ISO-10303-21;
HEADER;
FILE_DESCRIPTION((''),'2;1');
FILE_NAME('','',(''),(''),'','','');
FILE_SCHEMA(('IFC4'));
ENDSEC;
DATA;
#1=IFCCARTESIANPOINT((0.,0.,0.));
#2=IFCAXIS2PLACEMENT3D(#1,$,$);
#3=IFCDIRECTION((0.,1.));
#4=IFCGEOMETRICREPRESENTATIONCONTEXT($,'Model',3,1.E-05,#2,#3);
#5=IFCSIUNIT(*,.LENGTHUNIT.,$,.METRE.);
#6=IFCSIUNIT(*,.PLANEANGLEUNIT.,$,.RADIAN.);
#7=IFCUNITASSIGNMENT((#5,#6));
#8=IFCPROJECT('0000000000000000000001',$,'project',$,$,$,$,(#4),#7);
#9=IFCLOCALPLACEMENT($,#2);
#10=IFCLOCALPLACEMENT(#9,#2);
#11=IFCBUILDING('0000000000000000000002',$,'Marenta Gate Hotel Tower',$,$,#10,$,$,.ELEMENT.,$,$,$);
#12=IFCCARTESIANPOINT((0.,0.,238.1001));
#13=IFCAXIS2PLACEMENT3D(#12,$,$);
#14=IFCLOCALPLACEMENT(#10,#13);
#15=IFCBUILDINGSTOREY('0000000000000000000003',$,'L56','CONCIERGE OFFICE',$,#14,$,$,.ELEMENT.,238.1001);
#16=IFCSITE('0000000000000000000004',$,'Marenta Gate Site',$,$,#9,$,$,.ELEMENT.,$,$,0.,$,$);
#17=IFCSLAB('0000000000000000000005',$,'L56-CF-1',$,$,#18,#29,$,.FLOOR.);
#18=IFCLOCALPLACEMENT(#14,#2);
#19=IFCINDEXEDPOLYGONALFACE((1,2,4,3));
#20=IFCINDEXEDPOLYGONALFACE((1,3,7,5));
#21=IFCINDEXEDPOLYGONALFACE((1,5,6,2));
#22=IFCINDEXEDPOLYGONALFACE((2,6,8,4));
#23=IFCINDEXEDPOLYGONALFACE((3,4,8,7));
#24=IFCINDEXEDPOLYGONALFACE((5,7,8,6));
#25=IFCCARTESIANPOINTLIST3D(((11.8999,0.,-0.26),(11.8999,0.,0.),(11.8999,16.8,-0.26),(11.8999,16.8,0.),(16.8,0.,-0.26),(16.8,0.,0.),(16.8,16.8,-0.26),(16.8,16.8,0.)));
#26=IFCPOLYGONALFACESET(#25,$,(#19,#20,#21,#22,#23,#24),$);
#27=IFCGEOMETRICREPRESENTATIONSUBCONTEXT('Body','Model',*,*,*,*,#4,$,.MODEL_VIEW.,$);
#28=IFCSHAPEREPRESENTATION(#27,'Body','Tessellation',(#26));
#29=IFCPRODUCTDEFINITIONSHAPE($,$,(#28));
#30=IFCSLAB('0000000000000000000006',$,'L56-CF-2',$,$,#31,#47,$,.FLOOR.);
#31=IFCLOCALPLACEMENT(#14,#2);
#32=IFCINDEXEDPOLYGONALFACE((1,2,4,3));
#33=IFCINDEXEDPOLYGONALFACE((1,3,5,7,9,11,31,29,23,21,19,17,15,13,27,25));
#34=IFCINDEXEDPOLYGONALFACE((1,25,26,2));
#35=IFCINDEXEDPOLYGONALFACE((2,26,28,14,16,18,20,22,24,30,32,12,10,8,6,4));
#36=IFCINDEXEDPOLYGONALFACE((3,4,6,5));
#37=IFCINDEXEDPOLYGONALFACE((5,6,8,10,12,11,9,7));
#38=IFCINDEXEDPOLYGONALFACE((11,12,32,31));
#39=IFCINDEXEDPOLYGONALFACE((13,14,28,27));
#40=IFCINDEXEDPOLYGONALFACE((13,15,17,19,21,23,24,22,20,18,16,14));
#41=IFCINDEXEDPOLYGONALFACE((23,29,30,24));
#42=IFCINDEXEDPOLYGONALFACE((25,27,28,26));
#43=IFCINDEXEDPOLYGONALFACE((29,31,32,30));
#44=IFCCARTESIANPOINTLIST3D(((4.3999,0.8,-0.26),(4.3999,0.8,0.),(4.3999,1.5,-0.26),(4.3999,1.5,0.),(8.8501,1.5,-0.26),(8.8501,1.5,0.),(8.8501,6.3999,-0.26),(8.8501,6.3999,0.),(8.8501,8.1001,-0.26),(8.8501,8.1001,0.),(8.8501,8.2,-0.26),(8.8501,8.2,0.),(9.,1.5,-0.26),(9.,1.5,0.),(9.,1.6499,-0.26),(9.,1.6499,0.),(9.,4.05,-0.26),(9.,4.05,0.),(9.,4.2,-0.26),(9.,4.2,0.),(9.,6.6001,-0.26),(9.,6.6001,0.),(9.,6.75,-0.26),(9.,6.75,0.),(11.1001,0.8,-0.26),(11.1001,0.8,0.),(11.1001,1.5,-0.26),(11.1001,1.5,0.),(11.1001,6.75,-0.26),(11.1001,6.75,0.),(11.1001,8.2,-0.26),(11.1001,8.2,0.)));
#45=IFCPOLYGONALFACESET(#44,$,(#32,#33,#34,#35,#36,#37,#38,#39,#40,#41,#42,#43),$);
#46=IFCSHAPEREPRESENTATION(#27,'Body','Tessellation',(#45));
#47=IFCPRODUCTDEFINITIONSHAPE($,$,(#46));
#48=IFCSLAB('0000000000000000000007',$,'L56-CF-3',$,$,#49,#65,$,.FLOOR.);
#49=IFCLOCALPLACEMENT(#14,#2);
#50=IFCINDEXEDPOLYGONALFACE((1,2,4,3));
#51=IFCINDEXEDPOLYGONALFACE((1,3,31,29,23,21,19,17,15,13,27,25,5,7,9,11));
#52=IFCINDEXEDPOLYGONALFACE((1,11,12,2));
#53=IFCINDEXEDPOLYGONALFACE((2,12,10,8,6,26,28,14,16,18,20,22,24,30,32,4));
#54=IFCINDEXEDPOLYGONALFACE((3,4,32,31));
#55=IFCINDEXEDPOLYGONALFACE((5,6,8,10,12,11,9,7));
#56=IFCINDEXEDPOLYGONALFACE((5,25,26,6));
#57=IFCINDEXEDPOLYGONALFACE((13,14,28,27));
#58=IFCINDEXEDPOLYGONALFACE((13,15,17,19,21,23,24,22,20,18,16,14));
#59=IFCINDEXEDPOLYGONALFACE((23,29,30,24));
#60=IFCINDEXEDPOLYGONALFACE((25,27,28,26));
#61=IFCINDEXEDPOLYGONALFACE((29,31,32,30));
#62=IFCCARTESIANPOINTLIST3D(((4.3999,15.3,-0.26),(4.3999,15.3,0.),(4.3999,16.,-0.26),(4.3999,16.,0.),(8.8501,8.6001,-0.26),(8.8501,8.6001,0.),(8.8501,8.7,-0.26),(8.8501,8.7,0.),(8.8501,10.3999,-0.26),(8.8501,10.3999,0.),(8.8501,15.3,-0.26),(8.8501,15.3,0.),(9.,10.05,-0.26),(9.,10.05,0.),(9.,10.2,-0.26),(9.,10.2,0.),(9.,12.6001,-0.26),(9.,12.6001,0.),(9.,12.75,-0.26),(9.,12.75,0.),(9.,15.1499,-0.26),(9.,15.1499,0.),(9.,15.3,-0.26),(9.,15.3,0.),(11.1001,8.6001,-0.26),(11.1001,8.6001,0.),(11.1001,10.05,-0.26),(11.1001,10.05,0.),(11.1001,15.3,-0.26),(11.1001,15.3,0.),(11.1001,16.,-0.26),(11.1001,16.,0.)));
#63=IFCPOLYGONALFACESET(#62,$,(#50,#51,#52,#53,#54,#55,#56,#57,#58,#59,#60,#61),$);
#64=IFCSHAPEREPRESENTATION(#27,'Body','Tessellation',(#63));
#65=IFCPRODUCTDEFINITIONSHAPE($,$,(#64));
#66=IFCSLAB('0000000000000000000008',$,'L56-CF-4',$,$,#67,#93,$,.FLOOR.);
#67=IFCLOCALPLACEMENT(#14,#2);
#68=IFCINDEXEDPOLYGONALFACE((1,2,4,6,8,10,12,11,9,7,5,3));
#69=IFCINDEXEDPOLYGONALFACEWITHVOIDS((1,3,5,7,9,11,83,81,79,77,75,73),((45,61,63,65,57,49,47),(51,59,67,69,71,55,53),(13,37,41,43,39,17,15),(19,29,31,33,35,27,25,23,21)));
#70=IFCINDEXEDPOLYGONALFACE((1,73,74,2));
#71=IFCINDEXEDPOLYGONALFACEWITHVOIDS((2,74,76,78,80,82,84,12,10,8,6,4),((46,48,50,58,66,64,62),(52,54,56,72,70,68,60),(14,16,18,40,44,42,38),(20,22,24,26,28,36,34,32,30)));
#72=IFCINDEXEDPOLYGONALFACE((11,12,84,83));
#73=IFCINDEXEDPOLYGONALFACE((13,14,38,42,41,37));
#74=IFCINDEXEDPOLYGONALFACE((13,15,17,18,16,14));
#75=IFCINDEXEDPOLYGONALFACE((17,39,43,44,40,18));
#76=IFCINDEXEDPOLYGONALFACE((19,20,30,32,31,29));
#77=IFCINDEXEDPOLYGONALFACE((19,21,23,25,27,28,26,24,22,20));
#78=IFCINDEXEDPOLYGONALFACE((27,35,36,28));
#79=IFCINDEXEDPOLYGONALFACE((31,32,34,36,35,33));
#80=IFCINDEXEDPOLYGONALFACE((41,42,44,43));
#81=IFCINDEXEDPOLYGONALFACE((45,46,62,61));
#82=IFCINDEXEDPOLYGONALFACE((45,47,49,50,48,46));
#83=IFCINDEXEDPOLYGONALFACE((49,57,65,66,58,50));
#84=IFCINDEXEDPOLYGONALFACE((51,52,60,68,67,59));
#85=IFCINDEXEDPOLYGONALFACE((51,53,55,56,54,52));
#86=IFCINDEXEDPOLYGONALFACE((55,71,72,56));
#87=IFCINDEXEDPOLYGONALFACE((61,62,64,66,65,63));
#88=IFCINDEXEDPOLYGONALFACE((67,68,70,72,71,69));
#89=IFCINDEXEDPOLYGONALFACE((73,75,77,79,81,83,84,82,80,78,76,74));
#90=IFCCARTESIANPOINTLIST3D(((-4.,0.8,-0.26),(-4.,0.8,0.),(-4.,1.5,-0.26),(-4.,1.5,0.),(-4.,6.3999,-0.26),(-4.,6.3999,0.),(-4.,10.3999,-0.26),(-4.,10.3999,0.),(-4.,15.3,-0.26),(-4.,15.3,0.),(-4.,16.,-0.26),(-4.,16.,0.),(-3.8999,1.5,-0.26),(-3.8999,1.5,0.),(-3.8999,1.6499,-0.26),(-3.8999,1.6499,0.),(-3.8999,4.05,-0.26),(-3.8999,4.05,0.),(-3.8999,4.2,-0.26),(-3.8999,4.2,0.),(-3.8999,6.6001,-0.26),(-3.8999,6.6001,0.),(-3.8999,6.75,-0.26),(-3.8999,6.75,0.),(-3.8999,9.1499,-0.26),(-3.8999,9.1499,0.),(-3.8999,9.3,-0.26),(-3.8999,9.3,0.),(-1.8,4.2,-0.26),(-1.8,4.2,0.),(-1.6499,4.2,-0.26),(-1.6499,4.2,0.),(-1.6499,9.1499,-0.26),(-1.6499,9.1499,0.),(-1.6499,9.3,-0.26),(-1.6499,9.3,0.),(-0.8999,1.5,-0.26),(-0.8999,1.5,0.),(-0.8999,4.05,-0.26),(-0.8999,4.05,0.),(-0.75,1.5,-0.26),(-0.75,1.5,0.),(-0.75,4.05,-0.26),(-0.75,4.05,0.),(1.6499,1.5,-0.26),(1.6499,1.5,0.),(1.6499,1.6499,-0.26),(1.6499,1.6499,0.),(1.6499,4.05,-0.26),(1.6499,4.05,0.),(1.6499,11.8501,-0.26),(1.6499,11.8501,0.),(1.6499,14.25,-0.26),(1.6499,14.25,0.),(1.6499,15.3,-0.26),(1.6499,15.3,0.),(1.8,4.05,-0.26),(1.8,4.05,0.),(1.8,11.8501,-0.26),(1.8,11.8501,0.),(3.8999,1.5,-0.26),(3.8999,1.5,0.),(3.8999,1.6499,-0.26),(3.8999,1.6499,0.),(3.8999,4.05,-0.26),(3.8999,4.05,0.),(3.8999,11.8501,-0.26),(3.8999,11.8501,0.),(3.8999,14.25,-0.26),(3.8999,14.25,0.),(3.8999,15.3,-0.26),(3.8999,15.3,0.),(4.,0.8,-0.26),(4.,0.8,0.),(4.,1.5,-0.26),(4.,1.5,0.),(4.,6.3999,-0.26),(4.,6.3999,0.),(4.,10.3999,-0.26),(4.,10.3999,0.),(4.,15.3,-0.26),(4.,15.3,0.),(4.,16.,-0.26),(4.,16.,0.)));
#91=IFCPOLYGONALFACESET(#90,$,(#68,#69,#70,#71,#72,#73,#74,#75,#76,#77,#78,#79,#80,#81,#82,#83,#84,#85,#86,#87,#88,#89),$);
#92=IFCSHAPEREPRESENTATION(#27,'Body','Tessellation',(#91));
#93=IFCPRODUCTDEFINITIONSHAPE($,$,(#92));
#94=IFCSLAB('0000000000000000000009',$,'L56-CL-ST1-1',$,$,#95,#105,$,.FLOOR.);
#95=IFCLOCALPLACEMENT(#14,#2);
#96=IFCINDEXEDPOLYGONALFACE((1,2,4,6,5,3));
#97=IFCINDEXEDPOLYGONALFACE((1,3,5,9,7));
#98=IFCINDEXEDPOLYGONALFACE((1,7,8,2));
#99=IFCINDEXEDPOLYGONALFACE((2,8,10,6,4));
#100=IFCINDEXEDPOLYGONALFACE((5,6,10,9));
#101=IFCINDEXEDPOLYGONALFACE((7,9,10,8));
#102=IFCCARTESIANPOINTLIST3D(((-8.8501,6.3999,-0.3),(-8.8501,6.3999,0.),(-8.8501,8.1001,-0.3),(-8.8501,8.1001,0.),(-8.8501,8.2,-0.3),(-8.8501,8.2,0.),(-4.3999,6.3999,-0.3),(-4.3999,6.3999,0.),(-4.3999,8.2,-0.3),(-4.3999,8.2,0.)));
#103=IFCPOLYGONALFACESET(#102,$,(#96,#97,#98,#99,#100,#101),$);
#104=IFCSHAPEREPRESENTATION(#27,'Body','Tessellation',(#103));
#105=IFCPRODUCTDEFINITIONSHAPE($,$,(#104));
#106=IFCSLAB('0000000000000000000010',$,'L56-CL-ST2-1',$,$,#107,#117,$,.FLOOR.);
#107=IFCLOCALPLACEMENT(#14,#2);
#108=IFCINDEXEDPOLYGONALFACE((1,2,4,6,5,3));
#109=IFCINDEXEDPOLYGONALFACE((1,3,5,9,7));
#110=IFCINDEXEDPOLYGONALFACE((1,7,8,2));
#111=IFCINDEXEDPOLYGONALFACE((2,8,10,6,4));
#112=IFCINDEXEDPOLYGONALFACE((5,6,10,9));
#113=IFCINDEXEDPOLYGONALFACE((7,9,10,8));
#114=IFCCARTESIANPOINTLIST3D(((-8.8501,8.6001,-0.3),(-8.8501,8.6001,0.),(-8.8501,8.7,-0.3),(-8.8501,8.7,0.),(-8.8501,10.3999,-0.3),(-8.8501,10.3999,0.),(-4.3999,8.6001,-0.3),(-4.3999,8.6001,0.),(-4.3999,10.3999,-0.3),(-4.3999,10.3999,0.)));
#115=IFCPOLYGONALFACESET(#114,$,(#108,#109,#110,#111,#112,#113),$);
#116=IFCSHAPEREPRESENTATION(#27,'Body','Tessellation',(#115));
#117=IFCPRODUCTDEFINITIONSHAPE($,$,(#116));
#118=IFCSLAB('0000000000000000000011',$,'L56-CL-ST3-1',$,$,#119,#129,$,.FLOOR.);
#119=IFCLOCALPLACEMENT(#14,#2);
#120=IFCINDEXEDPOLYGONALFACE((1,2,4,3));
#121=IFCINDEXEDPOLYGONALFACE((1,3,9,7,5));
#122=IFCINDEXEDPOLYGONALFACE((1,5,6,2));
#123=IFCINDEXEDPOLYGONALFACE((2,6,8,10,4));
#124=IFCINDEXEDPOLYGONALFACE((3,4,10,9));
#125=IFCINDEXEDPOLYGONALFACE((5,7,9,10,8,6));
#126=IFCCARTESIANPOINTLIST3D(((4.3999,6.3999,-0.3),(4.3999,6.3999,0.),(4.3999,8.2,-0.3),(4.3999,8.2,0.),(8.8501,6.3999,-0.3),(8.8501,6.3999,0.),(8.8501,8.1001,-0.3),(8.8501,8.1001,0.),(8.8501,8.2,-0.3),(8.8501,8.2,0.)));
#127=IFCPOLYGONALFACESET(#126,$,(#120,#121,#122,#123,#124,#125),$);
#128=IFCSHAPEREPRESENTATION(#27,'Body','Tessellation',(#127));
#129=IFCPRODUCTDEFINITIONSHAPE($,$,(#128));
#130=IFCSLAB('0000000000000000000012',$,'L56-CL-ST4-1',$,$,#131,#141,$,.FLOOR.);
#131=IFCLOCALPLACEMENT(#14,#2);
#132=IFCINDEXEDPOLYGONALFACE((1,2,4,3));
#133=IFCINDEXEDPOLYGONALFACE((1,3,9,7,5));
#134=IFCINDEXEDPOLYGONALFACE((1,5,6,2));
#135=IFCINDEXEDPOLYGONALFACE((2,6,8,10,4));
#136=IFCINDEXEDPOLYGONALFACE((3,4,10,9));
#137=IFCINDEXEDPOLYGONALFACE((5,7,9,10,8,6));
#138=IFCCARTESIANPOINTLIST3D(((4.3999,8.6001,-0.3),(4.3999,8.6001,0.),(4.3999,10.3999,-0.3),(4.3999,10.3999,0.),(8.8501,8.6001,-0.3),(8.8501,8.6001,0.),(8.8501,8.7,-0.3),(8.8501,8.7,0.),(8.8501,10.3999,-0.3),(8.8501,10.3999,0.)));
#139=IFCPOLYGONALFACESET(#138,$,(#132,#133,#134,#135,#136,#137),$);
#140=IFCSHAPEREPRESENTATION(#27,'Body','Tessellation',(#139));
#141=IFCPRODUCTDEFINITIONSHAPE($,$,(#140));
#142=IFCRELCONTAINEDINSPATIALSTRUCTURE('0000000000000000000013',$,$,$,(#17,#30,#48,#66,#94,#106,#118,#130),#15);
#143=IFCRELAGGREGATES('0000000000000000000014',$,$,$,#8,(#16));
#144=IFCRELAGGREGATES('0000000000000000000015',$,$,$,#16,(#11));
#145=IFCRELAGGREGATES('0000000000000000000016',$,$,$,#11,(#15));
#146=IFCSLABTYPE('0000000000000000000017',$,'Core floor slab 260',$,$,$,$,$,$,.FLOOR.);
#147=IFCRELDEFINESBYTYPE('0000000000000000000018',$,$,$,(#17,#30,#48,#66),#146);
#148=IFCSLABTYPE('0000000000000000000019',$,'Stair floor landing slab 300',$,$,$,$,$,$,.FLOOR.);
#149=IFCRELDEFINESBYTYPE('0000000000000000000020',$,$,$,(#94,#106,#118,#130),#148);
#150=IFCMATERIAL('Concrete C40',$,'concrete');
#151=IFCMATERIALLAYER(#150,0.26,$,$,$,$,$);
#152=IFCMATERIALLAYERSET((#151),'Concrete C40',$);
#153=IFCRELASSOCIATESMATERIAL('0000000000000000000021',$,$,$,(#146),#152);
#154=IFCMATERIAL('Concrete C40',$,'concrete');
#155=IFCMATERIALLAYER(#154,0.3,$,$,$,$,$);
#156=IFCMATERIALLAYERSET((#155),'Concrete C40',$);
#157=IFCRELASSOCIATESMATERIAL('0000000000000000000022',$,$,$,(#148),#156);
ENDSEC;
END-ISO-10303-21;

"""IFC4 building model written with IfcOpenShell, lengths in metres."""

from ifc_helpers import new_model, si_unit, direction, frame, origin, place, context, subcontext, project, spatial, polyline, outline, extrude, material, layer, layer_set, type_object, element, save


model = new_model("IFC4")

# Units and contexts
model_context = context("Model", 3, precision=1e-05, world=origin(), true_north=direction((0.0, 1.0)))
body_context = subcontext(model_context, "Body", "Model", "MODEL_VIEW")
ifc_project = project(units=[si_unit("LENGTHUNIT", "METRE"), si_unit("PLANEANGLEUNIT", "RADIAN")], contexts=[model_context])

# Site, building, storey
site_placement = place(None, origin())
site = spatial("IfcSite", under=ifc_project, at=site_placement, Name="Marenta Gate Site", CompositionType="ELEMENT", RefElevation=0.0)
building_placement = place(site_placement, origin())
building = spatial("IfcBuilding", under=site, at=building_placement, Name="Marenta Gate Hotel Tower", CompositionType="ELEMENT")
storey_placement = place(building_placement, frame((0.0, 0.0, 238.1001)))
storey = spatial("IfcBuildingStorey", under=building, at=storey_placement, Name="L56", Description="CONCIERGE OFFICE", CompositionType="ELEMENT", Elevation=238.1001)

# Slabs
ifc_material_1 = material(Name="Concrete C40", Category="concrete")
ifc_layer_1 = layer(ifc_material_1, 0.26)
ifc_layer_set_1 = layer_set([ifc_layer_1], Name="Concrete C40")
slab_type_1 = type_object("IfcSlabType", Name="Core floor slab 260", PredefinedType="FLOOR", material=ifc_layer_set_1)
slab_1_placement = place(storey_placement, frame((0.0, 0.0, -0.26)))
element("IfcSlab", 1, at=slab_1_placement, inside=storey, type_object=slab_type_1, Name="L56-CF-1", PredefinedType="FLOOR", context=body_context, shape_type="SweptSolid", body=[
    extrude(outline(polyline([(11.8999, 0.0), (11.8999, 16.8), (16.8, 16.8), (16.8, 0.0), (11.8999, 0.0)])), origin(), (0.0, 0.0, 1.0), 0.26),
])
slab_2_placement = place(storey_placement, frame((0.0, 0.0, -0.26)))
element("IfcSlab", 2, at=slab_2_placement, inside=storey, type_object=slab_type_1, Name="L56-CF-2", PredefinedType="FLOOR", context=body_context, shape_type="SweptSolid", body=[
    extrude(outline(polyline([(8.8501, 1.5), (8.8501, 6.3999), (8.8501, 8.1001), (8.8501, 8.2), (11.1001, 8.2), (11.1001, 6.75), (9.0, 6.75), (9.0, 6.6001), (9.0, 4.2), (9.0, 4.05), (9.0, 1.6499), (9.0, 1.5), (11.1001, 1.5), (11.1001, 0.8), (4.3999, 0.8), (4.3999, 1.5), (8.8501, 1.5)])), origin(), (0.0, 0.0, 1.0), 0.26),
])
slab_3_placement = place(storey_placement, frame((0.0, 0.0, -0.26)))
element("IfcSlab", 3, at=slab_3_placement, inside=storey, type_object=slab_type_1, Name="L56-CF-3", PredefinedType="FLOOR", context=body_context, shape_type="SweptSolid", body=[
    extrude(outline(polyline([(8.8501, 15.3), (4.3999, 15.3), (4.3999, 16.0), (11.1001, 16.0), (11.1001, 15.3), (9.0, 15.3), (9.0, 15.1499), (9.0, 12.75), (9.0, 12.6001), (9.0, 10.2), (9.0, 10.05), (11.1001, 10.05), (11.1001, 8.6001), (8.8501, 8.6001), (8.8501, 8.7), (8.8501, 10.3999), (8.8501, 15.3)])), origin(), (0.0, 0.0, 1.0), 0.26),
])
slab_4_placement = place(storey_placement, frame((0.0, 0.0, -0.26)))
element("IfcSlab", 4, at=slab_4_placement, inside=storey, type_object=slab_type_1, Name="L56-CF-4", PredefinedType="FLOOR", context=body_context, shape_type="SweptSolid", body=[
    extrude(outline(polyline([(4.0, 15.3), (4.0, 10.3999), (4.0, 6.3999), (4.0, 1.5), (4.0, 0.8), (-4.0, 0.8), (-4.0, 1.5), (-4.0, 6.3999), (-4.0, 10.3999), (-4.0, 15.3), (-4.0, 16.0), (4.0, 16.0), (4.0, 15.3)]), holes=[polyline([(1.6499, 14.25), (1.6499, 11.8501), (1.8, 11.8501), (3.8999, 11.8501), (3.8999, 14.25), (3.8999, 15.3), (1.6499, 15.3), (1.6499, 14.25)]), polyline([(3.8999, 1.6499), (3.8999, 4.05), (1.8, 4.05), (1.6499, 4.05), (1.6499, 1.6499), (1.6499, 1.5), (3.8999, 1.5), (3.8999, 1.6499)]), polyline([(-3.8999, 1.6499), (-3.8999, 1.5), (-0.8999, 1.5), (-0.75, 1.5), (-0.75, 4.05), (-0.8999, 4.05), (-3.8999, 4.05), (-3.8999, 1.6499)]), polyline([(-1.8, 4.2), (-1.6499, 4.2), (-1.6499, 9.1499), (-1.6499, 9.3), (-3.8999, 9.3), (-3.8999, 9.1499), (-3.8999, 6.75), (-3.8999, 6.6001), (-3.8999, 4.2), (-1.8, 4.2)])]), origin(), (0.0, 0.0, 1.0), 0.26),
])
ifc_material_2 = material(Name="Concrete C40", Category="concrete")
ifc_layer_2 = layer(ifc_material_2, 0.3)
ifc_layer_set_2 = layer_set([ifc_layer_2], Name="Concrete C40")
slab_type_2 = type_object("IfcSlabType", Name="Stair floor landing slab 300", PredefinedType="FLOOR", material=ifc_layer_set_2)
slab_5_placement = place(storey_placement, frame((0.0, 0.0, -0.3)))
element("IfcSlab", 5, at=slab_5_placement, inside=storey, type_object=slab_type_2, Name="L56-CL-ST1-1", PredefinedType="FLOOR", context=body_context, shape_type="SweptSolid", body=[
    extrude(outline(polyline([(-4.3999, 6.3999), (-8.8501, 6.3999), (-8.8501, 8.1001), (-8.8501, 8.2), (-4.3999, 8.2), (-4.3999, 6.3999)])), origin(), (0.0, 0.0, 1.0), 0.3),
])
slab_6_placement = place(storey_placement, frame((0.0, 0.0, -0.3)))
element("IfcSlab", 6, at=slab_6_placement, inside=storey, type_object=slab_type_2, Name="L56-CL-ST2-1", PredefinedType="FLOOR", context=body_context, shape_type="SweptSolid", body=[
    extrude(outline(polyline([(-4.3999, 8.6001), (-8.8501, 8.6001), (-8.8501, 8.7), (-8.8501, 10.3999), (-4.3999, 10.3999), (-4.3999, 8.6001)])), origin(), (0.0, 0.0, 1.0), 0.3),
])
slab_7_placement = place(storey_placement, frame((0.0, 0.0, -0.3)))
element("IfcSlab", 7, at=slab_7_placement, inside=storey, type_object=slab_type_2, Name="L56-CL-ST3-1", PredefinedType="FLOOR", context=body_context, shape_type="SweptSolid", body=[
    extrude(outline(polyline([(4.3999, 6.3999), (4.3999, 8.2), (8.8501, 8.2), (8.8501, 8.1001), (8.8501, 6.3999), (4.3999, 6.3999)])), origin(), (0.0, 0.0, 1.0), 0.3),
])
slab_8_placement = place(storey_placement, frame((0.0, 0.0, -0.3)))
element("IfcSlab", 8, at=slab_8_placement, inside=storey, type_object=slab_type_2, Name="L56-CL-ST4-1", PredefinedType="FLOOR", context=body_context, shape_type="SweptSolid", body=[
    extrude(outline(polyline([(4.3999, 8.6001), (4.3999, 10.3999), (8.8501, 10.3999), (8.8501, 8.7), (8.8501, 8.6001), (4.3999, 8.6001)])), origin(), (0.0, 0.0, 1.0), 0.3),
])

save(model, "model.ifc")
